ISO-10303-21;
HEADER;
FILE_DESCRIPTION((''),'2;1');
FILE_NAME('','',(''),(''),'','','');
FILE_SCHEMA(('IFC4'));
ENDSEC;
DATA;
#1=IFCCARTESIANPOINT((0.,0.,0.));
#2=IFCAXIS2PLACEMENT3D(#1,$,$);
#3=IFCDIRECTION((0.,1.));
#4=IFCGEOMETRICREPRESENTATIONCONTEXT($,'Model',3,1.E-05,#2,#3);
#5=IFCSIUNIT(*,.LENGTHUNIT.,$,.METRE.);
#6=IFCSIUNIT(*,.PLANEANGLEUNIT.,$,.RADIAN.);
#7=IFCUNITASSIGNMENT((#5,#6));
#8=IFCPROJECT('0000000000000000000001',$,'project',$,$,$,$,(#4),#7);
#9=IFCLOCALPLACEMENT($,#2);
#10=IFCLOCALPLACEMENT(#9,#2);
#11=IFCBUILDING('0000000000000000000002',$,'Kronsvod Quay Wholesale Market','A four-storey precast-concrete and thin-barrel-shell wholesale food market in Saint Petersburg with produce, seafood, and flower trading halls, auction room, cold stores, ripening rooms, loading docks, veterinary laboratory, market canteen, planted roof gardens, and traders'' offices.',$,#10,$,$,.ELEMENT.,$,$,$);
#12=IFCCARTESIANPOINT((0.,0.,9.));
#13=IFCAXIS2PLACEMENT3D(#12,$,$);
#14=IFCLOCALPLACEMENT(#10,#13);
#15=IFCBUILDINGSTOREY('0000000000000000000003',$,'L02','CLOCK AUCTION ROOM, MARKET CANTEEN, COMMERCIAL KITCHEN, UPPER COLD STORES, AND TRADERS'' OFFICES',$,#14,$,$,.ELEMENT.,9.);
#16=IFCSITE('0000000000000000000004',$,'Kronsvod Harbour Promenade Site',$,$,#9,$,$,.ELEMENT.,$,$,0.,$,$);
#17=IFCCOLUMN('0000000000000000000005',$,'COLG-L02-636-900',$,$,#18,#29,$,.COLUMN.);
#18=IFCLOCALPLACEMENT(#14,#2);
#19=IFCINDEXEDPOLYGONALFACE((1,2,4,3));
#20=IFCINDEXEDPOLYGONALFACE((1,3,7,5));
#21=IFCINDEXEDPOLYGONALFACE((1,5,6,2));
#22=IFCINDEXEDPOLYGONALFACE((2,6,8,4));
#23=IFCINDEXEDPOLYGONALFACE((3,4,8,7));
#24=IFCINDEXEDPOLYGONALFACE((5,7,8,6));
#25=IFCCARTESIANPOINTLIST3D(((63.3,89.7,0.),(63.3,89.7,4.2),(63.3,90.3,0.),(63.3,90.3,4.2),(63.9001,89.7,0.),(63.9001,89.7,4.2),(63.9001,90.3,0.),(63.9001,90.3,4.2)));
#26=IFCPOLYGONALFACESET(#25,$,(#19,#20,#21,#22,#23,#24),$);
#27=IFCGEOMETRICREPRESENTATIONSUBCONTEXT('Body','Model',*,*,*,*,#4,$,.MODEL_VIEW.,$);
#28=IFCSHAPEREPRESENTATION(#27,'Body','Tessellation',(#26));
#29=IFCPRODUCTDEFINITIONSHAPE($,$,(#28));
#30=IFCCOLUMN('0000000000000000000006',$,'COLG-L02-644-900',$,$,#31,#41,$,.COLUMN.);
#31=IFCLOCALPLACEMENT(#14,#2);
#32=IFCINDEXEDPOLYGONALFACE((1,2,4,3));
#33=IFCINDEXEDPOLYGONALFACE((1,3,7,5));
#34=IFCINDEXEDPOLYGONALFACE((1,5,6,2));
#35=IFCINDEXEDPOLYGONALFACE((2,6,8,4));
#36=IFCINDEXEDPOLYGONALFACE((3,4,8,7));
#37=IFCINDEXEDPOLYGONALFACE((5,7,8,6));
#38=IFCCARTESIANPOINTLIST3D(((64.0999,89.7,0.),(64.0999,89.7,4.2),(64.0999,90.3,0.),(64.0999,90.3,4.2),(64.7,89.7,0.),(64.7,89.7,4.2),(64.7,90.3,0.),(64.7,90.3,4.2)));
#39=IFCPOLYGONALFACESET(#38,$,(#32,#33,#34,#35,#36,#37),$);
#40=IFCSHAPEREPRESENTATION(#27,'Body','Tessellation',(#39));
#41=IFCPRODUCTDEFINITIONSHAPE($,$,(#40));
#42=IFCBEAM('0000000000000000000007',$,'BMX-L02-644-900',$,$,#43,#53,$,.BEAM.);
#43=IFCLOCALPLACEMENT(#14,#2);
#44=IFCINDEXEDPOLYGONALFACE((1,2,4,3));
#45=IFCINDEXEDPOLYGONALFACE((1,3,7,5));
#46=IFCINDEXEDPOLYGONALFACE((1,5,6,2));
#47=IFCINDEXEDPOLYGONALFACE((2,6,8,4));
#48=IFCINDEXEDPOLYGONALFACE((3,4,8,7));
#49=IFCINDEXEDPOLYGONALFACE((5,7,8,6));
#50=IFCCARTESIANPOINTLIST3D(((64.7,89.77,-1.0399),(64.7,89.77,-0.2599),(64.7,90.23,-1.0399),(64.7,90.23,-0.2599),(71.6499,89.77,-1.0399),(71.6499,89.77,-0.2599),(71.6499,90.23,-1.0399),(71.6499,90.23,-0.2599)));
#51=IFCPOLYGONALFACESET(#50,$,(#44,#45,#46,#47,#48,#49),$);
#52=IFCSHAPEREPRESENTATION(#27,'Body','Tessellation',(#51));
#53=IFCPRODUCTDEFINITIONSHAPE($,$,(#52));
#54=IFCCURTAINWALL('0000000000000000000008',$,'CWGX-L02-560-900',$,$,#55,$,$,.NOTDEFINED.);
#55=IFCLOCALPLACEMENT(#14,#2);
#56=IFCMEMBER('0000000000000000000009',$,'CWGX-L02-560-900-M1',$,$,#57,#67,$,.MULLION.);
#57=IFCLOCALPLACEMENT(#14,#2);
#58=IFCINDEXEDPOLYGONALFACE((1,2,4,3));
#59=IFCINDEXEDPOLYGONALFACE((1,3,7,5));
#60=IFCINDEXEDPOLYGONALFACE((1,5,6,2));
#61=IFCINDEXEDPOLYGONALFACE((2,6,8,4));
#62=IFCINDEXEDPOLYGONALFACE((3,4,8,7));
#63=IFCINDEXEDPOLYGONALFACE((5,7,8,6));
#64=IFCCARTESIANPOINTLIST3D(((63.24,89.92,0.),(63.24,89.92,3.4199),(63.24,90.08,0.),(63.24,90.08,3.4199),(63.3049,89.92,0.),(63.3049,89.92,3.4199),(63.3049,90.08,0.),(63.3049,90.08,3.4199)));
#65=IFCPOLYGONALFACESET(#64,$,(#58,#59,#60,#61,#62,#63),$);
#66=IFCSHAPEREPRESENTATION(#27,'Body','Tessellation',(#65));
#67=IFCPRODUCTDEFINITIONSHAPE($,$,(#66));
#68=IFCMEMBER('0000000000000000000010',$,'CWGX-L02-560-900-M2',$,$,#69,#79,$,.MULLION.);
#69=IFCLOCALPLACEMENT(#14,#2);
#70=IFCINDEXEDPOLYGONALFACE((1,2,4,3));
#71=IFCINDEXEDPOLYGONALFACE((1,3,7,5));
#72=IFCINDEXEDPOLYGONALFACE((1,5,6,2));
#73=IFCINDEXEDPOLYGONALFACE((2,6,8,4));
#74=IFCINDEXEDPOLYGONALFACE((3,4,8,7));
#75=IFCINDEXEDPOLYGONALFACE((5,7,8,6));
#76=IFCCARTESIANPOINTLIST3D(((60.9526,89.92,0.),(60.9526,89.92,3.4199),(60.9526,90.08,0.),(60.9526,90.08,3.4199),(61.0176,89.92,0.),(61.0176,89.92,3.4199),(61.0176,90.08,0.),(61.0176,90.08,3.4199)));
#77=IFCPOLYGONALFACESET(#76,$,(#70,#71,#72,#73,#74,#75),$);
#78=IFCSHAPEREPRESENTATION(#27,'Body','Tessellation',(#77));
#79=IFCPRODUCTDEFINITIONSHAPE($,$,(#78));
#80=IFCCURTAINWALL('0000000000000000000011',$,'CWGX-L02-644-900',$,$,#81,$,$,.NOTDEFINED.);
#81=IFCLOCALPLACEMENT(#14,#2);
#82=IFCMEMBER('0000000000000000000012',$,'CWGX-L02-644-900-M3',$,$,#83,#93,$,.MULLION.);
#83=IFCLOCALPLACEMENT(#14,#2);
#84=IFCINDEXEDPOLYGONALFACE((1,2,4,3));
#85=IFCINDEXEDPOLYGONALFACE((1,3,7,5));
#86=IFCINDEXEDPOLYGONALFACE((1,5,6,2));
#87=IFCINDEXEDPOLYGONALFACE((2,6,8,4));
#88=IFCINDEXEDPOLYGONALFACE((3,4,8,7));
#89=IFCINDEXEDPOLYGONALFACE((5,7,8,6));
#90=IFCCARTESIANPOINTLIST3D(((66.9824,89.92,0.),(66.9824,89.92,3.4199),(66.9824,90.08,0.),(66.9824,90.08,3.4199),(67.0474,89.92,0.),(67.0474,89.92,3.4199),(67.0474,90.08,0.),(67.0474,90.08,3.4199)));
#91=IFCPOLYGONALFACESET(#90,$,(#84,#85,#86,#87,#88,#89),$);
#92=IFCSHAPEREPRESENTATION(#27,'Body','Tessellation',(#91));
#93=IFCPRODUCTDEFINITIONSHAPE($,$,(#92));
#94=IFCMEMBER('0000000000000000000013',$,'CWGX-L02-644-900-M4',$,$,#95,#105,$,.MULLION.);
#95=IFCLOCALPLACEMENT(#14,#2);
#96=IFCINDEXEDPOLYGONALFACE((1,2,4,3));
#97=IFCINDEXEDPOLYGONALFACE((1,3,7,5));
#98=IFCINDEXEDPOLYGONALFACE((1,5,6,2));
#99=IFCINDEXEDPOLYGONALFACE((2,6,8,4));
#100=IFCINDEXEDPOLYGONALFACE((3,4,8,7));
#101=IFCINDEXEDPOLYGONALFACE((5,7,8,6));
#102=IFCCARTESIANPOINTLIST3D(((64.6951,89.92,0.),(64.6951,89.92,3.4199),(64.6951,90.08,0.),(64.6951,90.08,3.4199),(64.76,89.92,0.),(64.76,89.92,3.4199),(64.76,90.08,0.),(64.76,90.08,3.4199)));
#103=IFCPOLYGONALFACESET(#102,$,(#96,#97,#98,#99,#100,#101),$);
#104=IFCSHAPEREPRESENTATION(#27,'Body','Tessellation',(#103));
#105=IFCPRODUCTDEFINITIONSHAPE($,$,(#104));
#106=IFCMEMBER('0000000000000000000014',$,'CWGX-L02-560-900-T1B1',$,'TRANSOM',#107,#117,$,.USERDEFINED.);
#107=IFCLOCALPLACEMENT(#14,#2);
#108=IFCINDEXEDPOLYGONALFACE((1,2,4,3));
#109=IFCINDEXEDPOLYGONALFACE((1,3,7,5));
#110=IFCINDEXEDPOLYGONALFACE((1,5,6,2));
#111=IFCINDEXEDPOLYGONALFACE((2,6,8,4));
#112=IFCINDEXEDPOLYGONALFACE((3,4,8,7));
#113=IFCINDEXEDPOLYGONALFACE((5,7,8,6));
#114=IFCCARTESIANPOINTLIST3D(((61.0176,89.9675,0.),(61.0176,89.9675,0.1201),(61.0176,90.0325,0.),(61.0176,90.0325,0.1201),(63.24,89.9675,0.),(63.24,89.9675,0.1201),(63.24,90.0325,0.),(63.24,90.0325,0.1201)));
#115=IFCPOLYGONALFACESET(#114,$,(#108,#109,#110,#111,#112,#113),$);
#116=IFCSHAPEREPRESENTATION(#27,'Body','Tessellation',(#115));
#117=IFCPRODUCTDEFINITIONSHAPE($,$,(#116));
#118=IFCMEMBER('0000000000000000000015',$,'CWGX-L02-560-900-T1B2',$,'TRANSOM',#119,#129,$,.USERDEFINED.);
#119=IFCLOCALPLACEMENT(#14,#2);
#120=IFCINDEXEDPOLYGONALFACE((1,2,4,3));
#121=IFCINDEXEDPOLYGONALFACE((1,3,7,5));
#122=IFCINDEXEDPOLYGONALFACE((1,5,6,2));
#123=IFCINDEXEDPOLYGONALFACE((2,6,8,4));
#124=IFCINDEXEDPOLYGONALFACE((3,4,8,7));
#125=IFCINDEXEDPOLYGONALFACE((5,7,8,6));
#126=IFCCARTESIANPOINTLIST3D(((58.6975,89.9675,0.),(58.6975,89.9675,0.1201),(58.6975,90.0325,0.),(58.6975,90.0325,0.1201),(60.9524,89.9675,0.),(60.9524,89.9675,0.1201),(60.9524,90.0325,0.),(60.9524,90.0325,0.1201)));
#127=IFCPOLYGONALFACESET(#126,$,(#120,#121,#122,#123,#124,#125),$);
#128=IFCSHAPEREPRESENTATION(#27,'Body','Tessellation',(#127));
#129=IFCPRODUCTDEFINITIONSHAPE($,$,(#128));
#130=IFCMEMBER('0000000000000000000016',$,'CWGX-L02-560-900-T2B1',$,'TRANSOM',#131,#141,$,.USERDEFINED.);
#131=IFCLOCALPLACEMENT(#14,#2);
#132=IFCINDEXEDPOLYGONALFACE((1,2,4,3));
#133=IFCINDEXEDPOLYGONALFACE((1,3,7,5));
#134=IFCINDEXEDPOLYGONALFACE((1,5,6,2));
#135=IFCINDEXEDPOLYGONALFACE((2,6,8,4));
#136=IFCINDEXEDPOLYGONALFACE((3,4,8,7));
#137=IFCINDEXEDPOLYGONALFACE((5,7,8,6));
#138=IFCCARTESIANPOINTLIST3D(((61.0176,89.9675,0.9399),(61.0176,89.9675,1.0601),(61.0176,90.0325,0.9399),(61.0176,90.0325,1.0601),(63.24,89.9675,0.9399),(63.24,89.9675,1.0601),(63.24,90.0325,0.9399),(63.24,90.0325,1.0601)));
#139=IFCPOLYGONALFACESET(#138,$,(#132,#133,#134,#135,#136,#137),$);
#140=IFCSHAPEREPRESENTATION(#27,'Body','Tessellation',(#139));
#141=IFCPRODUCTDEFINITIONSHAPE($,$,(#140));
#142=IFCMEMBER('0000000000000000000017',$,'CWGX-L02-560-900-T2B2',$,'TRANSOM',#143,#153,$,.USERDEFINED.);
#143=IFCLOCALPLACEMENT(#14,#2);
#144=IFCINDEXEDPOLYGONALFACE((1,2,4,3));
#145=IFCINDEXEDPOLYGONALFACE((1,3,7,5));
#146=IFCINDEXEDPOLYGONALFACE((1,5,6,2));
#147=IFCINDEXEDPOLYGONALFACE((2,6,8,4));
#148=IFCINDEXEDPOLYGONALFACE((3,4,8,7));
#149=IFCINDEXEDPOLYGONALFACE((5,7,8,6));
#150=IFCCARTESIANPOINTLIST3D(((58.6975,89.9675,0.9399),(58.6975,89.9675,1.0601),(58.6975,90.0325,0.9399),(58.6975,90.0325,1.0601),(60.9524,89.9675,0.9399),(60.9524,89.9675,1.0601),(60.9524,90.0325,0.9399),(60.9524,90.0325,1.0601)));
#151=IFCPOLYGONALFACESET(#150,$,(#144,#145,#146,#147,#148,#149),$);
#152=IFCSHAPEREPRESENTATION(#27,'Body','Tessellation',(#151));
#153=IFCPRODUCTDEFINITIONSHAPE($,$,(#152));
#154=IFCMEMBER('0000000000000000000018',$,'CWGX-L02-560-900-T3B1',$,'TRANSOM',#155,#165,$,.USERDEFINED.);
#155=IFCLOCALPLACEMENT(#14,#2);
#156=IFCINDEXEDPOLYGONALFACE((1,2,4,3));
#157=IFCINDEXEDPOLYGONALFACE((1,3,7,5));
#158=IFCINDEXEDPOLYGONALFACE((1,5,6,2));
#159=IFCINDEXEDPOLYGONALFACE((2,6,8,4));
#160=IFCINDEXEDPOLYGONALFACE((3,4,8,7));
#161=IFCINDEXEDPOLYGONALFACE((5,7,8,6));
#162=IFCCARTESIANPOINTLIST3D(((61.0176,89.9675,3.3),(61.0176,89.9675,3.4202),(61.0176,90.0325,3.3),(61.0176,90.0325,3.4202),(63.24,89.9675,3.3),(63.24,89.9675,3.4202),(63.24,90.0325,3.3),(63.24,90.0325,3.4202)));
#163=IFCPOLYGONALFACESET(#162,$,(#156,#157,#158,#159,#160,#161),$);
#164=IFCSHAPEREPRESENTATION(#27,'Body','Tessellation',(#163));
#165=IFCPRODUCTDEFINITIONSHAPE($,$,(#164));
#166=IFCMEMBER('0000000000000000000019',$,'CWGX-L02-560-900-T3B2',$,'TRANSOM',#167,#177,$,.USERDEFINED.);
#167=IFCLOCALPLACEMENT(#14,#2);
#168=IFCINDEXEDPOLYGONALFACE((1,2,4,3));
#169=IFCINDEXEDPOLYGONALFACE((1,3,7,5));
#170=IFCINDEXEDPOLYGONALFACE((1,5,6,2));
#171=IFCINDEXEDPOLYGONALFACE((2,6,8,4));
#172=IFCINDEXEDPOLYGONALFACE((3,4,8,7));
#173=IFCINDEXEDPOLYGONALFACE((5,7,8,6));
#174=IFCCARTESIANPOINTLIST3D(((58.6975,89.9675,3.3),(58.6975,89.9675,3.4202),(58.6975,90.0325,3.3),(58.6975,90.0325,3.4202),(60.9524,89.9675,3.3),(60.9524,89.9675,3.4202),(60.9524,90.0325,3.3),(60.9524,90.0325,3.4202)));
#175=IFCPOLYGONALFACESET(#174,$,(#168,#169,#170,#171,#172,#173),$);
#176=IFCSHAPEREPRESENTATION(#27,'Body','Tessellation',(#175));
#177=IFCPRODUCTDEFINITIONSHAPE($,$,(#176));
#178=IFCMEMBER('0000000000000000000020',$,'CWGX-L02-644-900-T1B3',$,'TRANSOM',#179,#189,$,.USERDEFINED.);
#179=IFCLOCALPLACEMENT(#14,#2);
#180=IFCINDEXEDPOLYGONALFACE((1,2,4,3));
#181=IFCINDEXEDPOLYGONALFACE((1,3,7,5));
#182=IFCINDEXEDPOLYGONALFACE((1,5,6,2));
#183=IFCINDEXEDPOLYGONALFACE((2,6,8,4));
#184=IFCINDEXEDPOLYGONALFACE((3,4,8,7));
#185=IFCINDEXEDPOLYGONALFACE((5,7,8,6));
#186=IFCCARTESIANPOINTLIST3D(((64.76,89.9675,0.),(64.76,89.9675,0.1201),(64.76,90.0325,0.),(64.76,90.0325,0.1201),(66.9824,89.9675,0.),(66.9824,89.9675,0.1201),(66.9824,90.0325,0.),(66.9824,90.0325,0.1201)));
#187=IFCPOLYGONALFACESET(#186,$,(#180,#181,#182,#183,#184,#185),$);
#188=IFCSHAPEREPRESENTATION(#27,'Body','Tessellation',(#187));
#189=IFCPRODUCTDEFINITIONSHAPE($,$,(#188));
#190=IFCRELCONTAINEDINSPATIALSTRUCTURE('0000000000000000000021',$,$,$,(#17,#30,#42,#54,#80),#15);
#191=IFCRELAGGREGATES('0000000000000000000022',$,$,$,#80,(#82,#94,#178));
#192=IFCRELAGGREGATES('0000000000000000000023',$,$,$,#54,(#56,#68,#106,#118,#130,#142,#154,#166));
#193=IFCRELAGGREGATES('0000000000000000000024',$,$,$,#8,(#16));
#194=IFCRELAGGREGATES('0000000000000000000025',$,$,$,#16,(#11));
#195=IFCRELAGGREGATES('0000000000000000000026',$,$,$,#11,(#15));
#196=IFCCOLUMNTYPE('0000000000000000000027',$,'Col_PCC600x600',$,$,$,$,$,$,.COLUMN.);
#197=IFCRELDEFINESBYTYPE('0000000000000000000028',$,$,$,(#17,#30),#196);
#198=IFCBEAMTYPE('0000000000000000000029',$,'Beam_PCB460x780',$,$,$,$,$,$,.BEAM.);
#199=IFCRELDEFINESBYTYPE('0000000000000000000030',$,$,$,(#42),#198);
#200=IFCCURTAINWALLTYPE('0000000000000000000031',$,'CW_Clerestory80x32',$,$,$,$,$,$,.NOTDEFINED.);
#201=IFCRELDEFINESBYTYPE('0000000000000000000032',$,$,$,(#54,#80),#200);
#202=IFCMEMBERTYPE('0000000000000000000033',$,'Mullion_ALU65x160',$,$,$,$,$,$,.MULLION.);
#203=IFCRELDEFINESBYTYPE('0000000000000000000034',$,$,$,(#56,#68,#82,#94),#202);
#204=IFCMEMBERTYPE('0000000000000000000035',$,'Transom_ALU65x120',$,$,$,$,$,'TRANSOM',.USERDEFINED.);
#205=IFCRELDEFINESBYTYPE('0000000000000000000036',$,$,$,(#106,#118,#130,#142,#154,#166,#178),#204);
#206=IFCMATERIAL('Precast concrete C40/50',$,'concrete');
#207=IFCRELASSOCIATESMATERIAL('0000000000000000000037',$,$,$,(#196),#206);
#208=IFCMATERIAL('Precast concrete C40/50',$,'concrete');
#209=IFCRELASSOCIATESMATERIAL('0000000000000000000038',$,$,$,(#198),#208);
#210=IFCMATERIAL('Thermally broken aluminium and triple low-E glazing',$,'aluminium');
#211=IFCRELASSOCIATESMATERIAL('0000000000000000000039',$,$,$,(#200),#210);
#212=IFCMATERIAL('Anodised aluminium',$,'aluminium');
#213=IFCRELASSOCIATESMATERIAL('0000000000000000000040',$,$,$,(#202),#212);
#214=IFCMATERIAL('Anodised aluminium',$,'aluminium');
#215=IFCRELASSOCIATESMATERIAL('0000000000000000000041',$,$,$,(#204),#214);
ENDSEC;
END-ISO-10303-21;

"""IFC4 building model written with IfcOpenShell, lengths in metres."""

from ifc_helpers import new_model, si_unit, direction, frame, origin, origin_2d, place, context, subcontext, project, spatial, rectangle, extrude, material, material_profile, profile_set, type_object, element, aggregate, save


model = new_model("IFC4")

# Units and contexts
model_context = context("Model", 3, precision=1e-05, world=origin(), true_north=direction((0.0, 1.0)))
body_context = subcontext(model_context, "Body", "Model", "MODEL_VIEW")
ifc_project = project(units=[si_unit("LENGTHUNIT", "METRE"), si_unit("PLANEANGLEUNIT", "RADIAN")], contexts=[model_context])

# Site, building, storey
site_placement = place(None, origin())
site = spatial("IfcSite", under=ifc_project, at=site_placement, Name="Kronsvod Harbour Promenade Site", CompositionType="ELEMENT", RefElevation=0.0)
building_placement = place(site_placement, origin())
building = spatial("IfcBuilding", under=site, at=building_placement, Name="Kronsvod Quay Wholesale Market", Description="A four-storey precast-concrete and thin-barrel-shell wholesale food market in Saint Petersburg with produce, seafood, and flower trading halls, auction room, cold stores, ripening rooms, loading docks, veterinary laboratory, market canteen, planted roof gardens, and traders' offices.", CompositionType="ELEMENT")
storey_placement = place(building_placement, frame((0.0, 0.0, 9.0)))
storey = spatial("IfcBuildingStorey", under=building, at=storey_placement, Name="L02", Description="CLOCK AUCTION ROOM, MARKET CANTEEN, COMMERCIAL KITCHEN, UPPER COLD STORES, AND TRADERS' OFFICES", CompositionType="ELEMENT", Elevation=9.0)

# Columns
ifc_material_1 = material(Name="Precast concrete C40/50", Category="concrete")
ifc_material_profile_1 = material_profile(ifc_material_1, rectangle(XDim=0.6001, YDim=0.6001, at=origin_2d()), Name="PCC600x600")
ifc_profile_set_1 = profile_set([ifc_material_profile_1], Name="Precast concrete C40/50")
column_type = type_object("IfcColumnType", Name="Col_PCC600x600", PredefinedType="COLUMN", material=ifc_profile_set_1)
for number, where, z_axis, x_axis, name in (
    (1, (63.6001, 90.0, 0.0), (0.0, 0.0, 1.0), (1.0, 0.0, 0.0), "COLG-L02-636-900"),
    (2, (64.3999, 90.0, 0.0), (0.0, 0.0, 1.0), (1.0, 0.0, 0.0), "COLG-L02-644-900"),
):
    element("IfcColumn", number, at=place(storey_placement, frame(where, z_axis=z_axis, x_axis=x_axis)), inside=storey, type_object=column_type, Name=name, PredefinedType="COLUMN", context=body_context, shape_type="SweptSolid", body=[
        extrude(rectangle(XDim=0.6001, YDim=0.6001, at=origin_2d()), origin(), (0.0, 0.0, 1.0), 4.2),
    ])

# Beam
ifc_material_2 = material(Name="Precast concrete C40/50", Category="concrete")
ifc_material_profile_2 = material_profile(ifc_material_2, rectangle(XDim=0.46, YDim=0.78, at=origin_2d()), Name="PB-03")
ifc_profile_set_2 = profile_set([ifc_material_profile_2], Name="Precast concrete C40/50")
beam_type = type_object("IfcBeamType", Name="Beam_PCB460x780", PredefinedType="BEAM", material=ifc_profile_set_2)
beam_placement = place(storey_placement, frame((64.7, 90.0, -0.6499), z_axis=(1.0, 0.0, 0.0), x_axis=(0.0, 1.0, 0.0)))
element("IfcBeam", 3, at=beam_placement, inside=storey, type_object=beam_type, Name="BMX-L02-644-900", PredefinedType="BEAM", context=body_context, shape_type="SweptSolid", body=[
    extrude(rectangle(XDim=0.46, YDim=0.78, at=origin_2d()), origin(), (0.0, 0.0, 1.0), 6.95),
])

# Curtain walls, members
ifc_material_3 = material(Name="Thermally broken aluminium and triple low-E glazing", Category="aluminium")
curtain_wall_type = type_object("IfcCurtainWallType", Name="CW_Clerestory80x32", PredefinedType="NOTDEFINED", material=ifc_material_3)
curtain_wall_1_placement = place(storey_placement, origin())
curtain_wall_1 = element("IfcCurtainWall", 4, at=curtain_wall_1_placement, inside=storey, type_object=curtain_wall_type, Name="CWGX-L02-560-900", PredefinedType="NOTDEFINED")
ifc_material_4 = material(Name="Anodised aluminium", Category="aluminium")
ifc_material_profile_3 = material_profile(ifc_material_4, rectangle(XDim=0.0649, YDim=0.1599, at=origin_2d()), Name="ALUM65x160")
ifc_profile_set_3 = profile_set([ifc_material_profile_3], Name="Anodised aluminium")
member_type_1 = type_object("IfcMemberType", Name="Mullion_ALU65x160", PredefinedType="MULLION", material=ifc_profile_set_3)
member_1_placement = place(storey_placement, frame((63.2725, 90.0, 0.0), z_axis=(0.0, 0.0, 1.0), x_axis=(1.0, 0.0, 0.0)))
member_1 = element("IfcMember", 5, at=member_1_placement, type_object=member_type_1, Name="CWGX-L02-560-900-M1", PredefinedType="MULLION", context=body_context, shape_type="SweptSolid", body=[
    extrude(rectangle(XDim=0.0649, YDim=0.1599, at=origin_2d()), origin(), (0.0, 0.0, 1.0), 3.4199),
])
member_2_placement = place(storey_placement, frame((60.9851, 90.0, 0.0), z_axis=(0.0, 0.0, 1.0), x_axis=(1.0, 0.0, 0.0)))
member_2 = element("IfcMember", 6, at=member_2_placement, type_object=member_type_1, Name="CWGX-L02-560-900-M2", PredefinedType="MULLION", context=body_context, shape_type="SweptSolid", body=[
    extrude(rectangle(XDim=0.0649, YDim=0.1599, at=origin_2d()), origin(), (0.0, 0.0, 1.0), 3.4199),
])
curtain_wall_2_placement = place(storey_placement, origin())
curtain_wall_2 = element("IfcCurtainWall", 7, at=curtain_wall_2_placement, inside=storey, type_object=curtain_wall_type, Name="CWGX-L02-644-900", PredefinedType="NOTDEFINED")
member_3_placement = place(storey_placement, frame((67.0149, 90.0, 0.0), z_axis=(0.0, 0.0, 1.0), x_axis=(1.0, 0.0, 0.0)))
member_3 = element("IfcMember", 8, at=member_3_placement, type_object=member_type_1, Name="CWGX-L02-644-900-M3", PredefinedType="MULLION", context=body_context, shape_type="SweptSolid", body=[
    extrude(rectangle(XDim=0.0649, YDim=0.1599, at=origin_2d()), origin(), (0.0, 0.0, 1.0), 3.4199),
])
member_4_placement = place(storey_placement, frame((64.7275, 90.0, 0.0), z_axis=(0.0, 0.0, 1.0), x_axis=(1.0, 0.0, 0.0)))
member_4 = element("IfcMember", 9, at=member_4_placement, type_object=member_type_1, Name="CWGX-L02-644-900-M4", PredefinedType="MULLION", context=body_context, shape_type="SweptSolid", body=[
    extrude(rectangle(XDim=0.0649, YDim=0.1599, at=origin_2d()), origin(), (0.0, 0.0, 1.0), 3.4199),
])

# Members
ifc_material_5 = material(Name="Anodised aluminium", Category="aluminium")
ifc_material_profile_4 = material_profile(ifc_material_5, rectangle(XDim=0.0649, YDim=0.1201, at=origin_2d()), Name="ALUT65x120")
ifc_profile_set_4 = profile_set([ifc_material_profile_4], Name="Anodised aluminium")
member_type_2 = type_object("IfcMemberType", Name="Transom_ALU65x120", ElementType="TRANSOM", PredefinedType="USERDEFINED", material=ifc_profile_set_4)
member_5_placement = place(storey_placement, frame((63.24, 90.0, 0.0601), z_axis=(-1.0, 0.0, 0.0), x_axis=(0.0, -1.0, 0.0)))
member_5 = element("IfcMember", 10, at=member_5_placement, type_object=member_type_2, Name="CWGX-L02-560-900-T1B1", ObjectType="TRANSOM", PredefinedType="USERDEFINED", context=body_context, shape_type="SweptSolid", body=[
    extrude(rectangle(XDim=0.0649, YDim=0.1201, at=origin_2d()), origin(), (0.0, 0.0, 1.0), 2.2224),
])
member_6_placement = place(storey_placement, frame((60.9524, 90.0, 0.0601), z_axis=(-1.0, 0.0, 0.0), x_axis=(0.0, -1.0, 0.0)))
member_6 = element("IfcMember", 11, at=member_6_placement, type_object=member_type_2, Name="CWGX-L02-560-900-T1B2", ObjectType="TRANSOM", PredefinedType="USERDEFINED", context=body_context, shape_type="SweptSolid", body=[
    extrude(rectangle(XDim=0.0649, YDim=0.1201, at=origin_2d()), origin(), (0.0, 0.0, 1.0), 2.2549),
])
member_7_placement = place(storey_placement, frame((63.24, 90.0, 1.0), z_axis=(-1.0, 0.0, 0.0), x_axis=(0.0, -1.0, 0.0)))
member_7 = element("IfcMember", 12, at=member_7_placement, type_object=member_type_2, Name="CWGX-L02-560-900-T2B1", ObjectType="TRANSOM", PredefinedType="USERDEFINED", context=body_context, shape_type="SweptSolid", body=[
    extrude(rectangle(XDim=0.0649, YDim=0.1201, at=origin_2d()), origin(), (0.0, 0.0, 1.0), 2.2224),
])
member_8_placement = place(storey_placement, frame((60.9524, 90.0, 1.0), z_axis=(-1.0, 0.0, 0.0), x_axis=(0.0, -1.0, 0.0)))
member_8 = element("IfcMember", 13, at=member_8_placement, type_object=member_type_2, Name="CWGX-L02-560-900-T2B2", ObjectType="TRANSOM", PredefinedType="USERDEFINED", context=body_context, shape_type="SweptSolid", body=[
    extrude(rectangle(XDim=0.0649, YDim=0.1201, at=origin_2d()), origin(), (0.0, 0.0, 1.0), 2.2549),
])
member_9_placement = place(storey_placement, frame((63.24, 90.0, 3.3601), z_axis=(-1.0, 0.0, 0.0), x_axis=(0.0, -1.0, 0.0)))
member_9 = element("IfcMember", 14, at=member_9_placement, type_object=member_type_2, Name="CWGX-L02-560-900-T3B1", ObjectType="TRANSOM", PredefinedType="USERDEFINED", context=body_context, shape_type="SweptSolid", body=[
    extrude(rectangle(XDim=0.0649, YDim=0.1201, at=origin_2d()), origin(), (0.0, 0.0, 1.0), 2.2224),
])
member_10_placement = place(storey_placement, frame((60.9524, 90.0, 3.3601), z_axis=(-1.0, 0.0, 0.0), x_axis=(0.0, -1.0, 0.0)))
member_10 = element("IfcMember", 15, at=member_10_placement, type_object=member_type_2, Name="CWGX-L02-560-900-T3B2", ObjectType="TRANSOM", PredefinedType="USERDEFINED", context=body_context, shape_type="SweptSolid", body=[
    extrude(rectangle(XDim=0.0649, YDim=0.1201, at=origin_2d()), origin(), (0.0, 0.0, 1.0), 2.2549),
])
member_11_placement = place(storey_placement, frame((66.9824, 90.0, 0.0601), z_axis=(-1.0, 0.0, 0.0), x_axis=(0.0, -1.0, 0.0)))
member_11 = element("IfcMember", 16, at=member_11_placement, type_object=member_type_2, Name="CWGX-L02-644-900-T1B3", ObjectType="TRANSOM", PredefinedType="USERDEFINED", context=body_context, shape_type="SweptSolid", body=[
    extrude(rectangle(XDim=0.0649, YDim=0.1201, at=origin_2d()), origin(), (0.0, 0.0, 1.0), 2.2224),
])

aggregate(curtain_wall_2, [member_3, member_4, member_11])
aggregate(curtain_wall_1, [member_1, member_2, member_5, member_6, member_7, member_8, member_9, member_10])

save(model, "model.ifc")
